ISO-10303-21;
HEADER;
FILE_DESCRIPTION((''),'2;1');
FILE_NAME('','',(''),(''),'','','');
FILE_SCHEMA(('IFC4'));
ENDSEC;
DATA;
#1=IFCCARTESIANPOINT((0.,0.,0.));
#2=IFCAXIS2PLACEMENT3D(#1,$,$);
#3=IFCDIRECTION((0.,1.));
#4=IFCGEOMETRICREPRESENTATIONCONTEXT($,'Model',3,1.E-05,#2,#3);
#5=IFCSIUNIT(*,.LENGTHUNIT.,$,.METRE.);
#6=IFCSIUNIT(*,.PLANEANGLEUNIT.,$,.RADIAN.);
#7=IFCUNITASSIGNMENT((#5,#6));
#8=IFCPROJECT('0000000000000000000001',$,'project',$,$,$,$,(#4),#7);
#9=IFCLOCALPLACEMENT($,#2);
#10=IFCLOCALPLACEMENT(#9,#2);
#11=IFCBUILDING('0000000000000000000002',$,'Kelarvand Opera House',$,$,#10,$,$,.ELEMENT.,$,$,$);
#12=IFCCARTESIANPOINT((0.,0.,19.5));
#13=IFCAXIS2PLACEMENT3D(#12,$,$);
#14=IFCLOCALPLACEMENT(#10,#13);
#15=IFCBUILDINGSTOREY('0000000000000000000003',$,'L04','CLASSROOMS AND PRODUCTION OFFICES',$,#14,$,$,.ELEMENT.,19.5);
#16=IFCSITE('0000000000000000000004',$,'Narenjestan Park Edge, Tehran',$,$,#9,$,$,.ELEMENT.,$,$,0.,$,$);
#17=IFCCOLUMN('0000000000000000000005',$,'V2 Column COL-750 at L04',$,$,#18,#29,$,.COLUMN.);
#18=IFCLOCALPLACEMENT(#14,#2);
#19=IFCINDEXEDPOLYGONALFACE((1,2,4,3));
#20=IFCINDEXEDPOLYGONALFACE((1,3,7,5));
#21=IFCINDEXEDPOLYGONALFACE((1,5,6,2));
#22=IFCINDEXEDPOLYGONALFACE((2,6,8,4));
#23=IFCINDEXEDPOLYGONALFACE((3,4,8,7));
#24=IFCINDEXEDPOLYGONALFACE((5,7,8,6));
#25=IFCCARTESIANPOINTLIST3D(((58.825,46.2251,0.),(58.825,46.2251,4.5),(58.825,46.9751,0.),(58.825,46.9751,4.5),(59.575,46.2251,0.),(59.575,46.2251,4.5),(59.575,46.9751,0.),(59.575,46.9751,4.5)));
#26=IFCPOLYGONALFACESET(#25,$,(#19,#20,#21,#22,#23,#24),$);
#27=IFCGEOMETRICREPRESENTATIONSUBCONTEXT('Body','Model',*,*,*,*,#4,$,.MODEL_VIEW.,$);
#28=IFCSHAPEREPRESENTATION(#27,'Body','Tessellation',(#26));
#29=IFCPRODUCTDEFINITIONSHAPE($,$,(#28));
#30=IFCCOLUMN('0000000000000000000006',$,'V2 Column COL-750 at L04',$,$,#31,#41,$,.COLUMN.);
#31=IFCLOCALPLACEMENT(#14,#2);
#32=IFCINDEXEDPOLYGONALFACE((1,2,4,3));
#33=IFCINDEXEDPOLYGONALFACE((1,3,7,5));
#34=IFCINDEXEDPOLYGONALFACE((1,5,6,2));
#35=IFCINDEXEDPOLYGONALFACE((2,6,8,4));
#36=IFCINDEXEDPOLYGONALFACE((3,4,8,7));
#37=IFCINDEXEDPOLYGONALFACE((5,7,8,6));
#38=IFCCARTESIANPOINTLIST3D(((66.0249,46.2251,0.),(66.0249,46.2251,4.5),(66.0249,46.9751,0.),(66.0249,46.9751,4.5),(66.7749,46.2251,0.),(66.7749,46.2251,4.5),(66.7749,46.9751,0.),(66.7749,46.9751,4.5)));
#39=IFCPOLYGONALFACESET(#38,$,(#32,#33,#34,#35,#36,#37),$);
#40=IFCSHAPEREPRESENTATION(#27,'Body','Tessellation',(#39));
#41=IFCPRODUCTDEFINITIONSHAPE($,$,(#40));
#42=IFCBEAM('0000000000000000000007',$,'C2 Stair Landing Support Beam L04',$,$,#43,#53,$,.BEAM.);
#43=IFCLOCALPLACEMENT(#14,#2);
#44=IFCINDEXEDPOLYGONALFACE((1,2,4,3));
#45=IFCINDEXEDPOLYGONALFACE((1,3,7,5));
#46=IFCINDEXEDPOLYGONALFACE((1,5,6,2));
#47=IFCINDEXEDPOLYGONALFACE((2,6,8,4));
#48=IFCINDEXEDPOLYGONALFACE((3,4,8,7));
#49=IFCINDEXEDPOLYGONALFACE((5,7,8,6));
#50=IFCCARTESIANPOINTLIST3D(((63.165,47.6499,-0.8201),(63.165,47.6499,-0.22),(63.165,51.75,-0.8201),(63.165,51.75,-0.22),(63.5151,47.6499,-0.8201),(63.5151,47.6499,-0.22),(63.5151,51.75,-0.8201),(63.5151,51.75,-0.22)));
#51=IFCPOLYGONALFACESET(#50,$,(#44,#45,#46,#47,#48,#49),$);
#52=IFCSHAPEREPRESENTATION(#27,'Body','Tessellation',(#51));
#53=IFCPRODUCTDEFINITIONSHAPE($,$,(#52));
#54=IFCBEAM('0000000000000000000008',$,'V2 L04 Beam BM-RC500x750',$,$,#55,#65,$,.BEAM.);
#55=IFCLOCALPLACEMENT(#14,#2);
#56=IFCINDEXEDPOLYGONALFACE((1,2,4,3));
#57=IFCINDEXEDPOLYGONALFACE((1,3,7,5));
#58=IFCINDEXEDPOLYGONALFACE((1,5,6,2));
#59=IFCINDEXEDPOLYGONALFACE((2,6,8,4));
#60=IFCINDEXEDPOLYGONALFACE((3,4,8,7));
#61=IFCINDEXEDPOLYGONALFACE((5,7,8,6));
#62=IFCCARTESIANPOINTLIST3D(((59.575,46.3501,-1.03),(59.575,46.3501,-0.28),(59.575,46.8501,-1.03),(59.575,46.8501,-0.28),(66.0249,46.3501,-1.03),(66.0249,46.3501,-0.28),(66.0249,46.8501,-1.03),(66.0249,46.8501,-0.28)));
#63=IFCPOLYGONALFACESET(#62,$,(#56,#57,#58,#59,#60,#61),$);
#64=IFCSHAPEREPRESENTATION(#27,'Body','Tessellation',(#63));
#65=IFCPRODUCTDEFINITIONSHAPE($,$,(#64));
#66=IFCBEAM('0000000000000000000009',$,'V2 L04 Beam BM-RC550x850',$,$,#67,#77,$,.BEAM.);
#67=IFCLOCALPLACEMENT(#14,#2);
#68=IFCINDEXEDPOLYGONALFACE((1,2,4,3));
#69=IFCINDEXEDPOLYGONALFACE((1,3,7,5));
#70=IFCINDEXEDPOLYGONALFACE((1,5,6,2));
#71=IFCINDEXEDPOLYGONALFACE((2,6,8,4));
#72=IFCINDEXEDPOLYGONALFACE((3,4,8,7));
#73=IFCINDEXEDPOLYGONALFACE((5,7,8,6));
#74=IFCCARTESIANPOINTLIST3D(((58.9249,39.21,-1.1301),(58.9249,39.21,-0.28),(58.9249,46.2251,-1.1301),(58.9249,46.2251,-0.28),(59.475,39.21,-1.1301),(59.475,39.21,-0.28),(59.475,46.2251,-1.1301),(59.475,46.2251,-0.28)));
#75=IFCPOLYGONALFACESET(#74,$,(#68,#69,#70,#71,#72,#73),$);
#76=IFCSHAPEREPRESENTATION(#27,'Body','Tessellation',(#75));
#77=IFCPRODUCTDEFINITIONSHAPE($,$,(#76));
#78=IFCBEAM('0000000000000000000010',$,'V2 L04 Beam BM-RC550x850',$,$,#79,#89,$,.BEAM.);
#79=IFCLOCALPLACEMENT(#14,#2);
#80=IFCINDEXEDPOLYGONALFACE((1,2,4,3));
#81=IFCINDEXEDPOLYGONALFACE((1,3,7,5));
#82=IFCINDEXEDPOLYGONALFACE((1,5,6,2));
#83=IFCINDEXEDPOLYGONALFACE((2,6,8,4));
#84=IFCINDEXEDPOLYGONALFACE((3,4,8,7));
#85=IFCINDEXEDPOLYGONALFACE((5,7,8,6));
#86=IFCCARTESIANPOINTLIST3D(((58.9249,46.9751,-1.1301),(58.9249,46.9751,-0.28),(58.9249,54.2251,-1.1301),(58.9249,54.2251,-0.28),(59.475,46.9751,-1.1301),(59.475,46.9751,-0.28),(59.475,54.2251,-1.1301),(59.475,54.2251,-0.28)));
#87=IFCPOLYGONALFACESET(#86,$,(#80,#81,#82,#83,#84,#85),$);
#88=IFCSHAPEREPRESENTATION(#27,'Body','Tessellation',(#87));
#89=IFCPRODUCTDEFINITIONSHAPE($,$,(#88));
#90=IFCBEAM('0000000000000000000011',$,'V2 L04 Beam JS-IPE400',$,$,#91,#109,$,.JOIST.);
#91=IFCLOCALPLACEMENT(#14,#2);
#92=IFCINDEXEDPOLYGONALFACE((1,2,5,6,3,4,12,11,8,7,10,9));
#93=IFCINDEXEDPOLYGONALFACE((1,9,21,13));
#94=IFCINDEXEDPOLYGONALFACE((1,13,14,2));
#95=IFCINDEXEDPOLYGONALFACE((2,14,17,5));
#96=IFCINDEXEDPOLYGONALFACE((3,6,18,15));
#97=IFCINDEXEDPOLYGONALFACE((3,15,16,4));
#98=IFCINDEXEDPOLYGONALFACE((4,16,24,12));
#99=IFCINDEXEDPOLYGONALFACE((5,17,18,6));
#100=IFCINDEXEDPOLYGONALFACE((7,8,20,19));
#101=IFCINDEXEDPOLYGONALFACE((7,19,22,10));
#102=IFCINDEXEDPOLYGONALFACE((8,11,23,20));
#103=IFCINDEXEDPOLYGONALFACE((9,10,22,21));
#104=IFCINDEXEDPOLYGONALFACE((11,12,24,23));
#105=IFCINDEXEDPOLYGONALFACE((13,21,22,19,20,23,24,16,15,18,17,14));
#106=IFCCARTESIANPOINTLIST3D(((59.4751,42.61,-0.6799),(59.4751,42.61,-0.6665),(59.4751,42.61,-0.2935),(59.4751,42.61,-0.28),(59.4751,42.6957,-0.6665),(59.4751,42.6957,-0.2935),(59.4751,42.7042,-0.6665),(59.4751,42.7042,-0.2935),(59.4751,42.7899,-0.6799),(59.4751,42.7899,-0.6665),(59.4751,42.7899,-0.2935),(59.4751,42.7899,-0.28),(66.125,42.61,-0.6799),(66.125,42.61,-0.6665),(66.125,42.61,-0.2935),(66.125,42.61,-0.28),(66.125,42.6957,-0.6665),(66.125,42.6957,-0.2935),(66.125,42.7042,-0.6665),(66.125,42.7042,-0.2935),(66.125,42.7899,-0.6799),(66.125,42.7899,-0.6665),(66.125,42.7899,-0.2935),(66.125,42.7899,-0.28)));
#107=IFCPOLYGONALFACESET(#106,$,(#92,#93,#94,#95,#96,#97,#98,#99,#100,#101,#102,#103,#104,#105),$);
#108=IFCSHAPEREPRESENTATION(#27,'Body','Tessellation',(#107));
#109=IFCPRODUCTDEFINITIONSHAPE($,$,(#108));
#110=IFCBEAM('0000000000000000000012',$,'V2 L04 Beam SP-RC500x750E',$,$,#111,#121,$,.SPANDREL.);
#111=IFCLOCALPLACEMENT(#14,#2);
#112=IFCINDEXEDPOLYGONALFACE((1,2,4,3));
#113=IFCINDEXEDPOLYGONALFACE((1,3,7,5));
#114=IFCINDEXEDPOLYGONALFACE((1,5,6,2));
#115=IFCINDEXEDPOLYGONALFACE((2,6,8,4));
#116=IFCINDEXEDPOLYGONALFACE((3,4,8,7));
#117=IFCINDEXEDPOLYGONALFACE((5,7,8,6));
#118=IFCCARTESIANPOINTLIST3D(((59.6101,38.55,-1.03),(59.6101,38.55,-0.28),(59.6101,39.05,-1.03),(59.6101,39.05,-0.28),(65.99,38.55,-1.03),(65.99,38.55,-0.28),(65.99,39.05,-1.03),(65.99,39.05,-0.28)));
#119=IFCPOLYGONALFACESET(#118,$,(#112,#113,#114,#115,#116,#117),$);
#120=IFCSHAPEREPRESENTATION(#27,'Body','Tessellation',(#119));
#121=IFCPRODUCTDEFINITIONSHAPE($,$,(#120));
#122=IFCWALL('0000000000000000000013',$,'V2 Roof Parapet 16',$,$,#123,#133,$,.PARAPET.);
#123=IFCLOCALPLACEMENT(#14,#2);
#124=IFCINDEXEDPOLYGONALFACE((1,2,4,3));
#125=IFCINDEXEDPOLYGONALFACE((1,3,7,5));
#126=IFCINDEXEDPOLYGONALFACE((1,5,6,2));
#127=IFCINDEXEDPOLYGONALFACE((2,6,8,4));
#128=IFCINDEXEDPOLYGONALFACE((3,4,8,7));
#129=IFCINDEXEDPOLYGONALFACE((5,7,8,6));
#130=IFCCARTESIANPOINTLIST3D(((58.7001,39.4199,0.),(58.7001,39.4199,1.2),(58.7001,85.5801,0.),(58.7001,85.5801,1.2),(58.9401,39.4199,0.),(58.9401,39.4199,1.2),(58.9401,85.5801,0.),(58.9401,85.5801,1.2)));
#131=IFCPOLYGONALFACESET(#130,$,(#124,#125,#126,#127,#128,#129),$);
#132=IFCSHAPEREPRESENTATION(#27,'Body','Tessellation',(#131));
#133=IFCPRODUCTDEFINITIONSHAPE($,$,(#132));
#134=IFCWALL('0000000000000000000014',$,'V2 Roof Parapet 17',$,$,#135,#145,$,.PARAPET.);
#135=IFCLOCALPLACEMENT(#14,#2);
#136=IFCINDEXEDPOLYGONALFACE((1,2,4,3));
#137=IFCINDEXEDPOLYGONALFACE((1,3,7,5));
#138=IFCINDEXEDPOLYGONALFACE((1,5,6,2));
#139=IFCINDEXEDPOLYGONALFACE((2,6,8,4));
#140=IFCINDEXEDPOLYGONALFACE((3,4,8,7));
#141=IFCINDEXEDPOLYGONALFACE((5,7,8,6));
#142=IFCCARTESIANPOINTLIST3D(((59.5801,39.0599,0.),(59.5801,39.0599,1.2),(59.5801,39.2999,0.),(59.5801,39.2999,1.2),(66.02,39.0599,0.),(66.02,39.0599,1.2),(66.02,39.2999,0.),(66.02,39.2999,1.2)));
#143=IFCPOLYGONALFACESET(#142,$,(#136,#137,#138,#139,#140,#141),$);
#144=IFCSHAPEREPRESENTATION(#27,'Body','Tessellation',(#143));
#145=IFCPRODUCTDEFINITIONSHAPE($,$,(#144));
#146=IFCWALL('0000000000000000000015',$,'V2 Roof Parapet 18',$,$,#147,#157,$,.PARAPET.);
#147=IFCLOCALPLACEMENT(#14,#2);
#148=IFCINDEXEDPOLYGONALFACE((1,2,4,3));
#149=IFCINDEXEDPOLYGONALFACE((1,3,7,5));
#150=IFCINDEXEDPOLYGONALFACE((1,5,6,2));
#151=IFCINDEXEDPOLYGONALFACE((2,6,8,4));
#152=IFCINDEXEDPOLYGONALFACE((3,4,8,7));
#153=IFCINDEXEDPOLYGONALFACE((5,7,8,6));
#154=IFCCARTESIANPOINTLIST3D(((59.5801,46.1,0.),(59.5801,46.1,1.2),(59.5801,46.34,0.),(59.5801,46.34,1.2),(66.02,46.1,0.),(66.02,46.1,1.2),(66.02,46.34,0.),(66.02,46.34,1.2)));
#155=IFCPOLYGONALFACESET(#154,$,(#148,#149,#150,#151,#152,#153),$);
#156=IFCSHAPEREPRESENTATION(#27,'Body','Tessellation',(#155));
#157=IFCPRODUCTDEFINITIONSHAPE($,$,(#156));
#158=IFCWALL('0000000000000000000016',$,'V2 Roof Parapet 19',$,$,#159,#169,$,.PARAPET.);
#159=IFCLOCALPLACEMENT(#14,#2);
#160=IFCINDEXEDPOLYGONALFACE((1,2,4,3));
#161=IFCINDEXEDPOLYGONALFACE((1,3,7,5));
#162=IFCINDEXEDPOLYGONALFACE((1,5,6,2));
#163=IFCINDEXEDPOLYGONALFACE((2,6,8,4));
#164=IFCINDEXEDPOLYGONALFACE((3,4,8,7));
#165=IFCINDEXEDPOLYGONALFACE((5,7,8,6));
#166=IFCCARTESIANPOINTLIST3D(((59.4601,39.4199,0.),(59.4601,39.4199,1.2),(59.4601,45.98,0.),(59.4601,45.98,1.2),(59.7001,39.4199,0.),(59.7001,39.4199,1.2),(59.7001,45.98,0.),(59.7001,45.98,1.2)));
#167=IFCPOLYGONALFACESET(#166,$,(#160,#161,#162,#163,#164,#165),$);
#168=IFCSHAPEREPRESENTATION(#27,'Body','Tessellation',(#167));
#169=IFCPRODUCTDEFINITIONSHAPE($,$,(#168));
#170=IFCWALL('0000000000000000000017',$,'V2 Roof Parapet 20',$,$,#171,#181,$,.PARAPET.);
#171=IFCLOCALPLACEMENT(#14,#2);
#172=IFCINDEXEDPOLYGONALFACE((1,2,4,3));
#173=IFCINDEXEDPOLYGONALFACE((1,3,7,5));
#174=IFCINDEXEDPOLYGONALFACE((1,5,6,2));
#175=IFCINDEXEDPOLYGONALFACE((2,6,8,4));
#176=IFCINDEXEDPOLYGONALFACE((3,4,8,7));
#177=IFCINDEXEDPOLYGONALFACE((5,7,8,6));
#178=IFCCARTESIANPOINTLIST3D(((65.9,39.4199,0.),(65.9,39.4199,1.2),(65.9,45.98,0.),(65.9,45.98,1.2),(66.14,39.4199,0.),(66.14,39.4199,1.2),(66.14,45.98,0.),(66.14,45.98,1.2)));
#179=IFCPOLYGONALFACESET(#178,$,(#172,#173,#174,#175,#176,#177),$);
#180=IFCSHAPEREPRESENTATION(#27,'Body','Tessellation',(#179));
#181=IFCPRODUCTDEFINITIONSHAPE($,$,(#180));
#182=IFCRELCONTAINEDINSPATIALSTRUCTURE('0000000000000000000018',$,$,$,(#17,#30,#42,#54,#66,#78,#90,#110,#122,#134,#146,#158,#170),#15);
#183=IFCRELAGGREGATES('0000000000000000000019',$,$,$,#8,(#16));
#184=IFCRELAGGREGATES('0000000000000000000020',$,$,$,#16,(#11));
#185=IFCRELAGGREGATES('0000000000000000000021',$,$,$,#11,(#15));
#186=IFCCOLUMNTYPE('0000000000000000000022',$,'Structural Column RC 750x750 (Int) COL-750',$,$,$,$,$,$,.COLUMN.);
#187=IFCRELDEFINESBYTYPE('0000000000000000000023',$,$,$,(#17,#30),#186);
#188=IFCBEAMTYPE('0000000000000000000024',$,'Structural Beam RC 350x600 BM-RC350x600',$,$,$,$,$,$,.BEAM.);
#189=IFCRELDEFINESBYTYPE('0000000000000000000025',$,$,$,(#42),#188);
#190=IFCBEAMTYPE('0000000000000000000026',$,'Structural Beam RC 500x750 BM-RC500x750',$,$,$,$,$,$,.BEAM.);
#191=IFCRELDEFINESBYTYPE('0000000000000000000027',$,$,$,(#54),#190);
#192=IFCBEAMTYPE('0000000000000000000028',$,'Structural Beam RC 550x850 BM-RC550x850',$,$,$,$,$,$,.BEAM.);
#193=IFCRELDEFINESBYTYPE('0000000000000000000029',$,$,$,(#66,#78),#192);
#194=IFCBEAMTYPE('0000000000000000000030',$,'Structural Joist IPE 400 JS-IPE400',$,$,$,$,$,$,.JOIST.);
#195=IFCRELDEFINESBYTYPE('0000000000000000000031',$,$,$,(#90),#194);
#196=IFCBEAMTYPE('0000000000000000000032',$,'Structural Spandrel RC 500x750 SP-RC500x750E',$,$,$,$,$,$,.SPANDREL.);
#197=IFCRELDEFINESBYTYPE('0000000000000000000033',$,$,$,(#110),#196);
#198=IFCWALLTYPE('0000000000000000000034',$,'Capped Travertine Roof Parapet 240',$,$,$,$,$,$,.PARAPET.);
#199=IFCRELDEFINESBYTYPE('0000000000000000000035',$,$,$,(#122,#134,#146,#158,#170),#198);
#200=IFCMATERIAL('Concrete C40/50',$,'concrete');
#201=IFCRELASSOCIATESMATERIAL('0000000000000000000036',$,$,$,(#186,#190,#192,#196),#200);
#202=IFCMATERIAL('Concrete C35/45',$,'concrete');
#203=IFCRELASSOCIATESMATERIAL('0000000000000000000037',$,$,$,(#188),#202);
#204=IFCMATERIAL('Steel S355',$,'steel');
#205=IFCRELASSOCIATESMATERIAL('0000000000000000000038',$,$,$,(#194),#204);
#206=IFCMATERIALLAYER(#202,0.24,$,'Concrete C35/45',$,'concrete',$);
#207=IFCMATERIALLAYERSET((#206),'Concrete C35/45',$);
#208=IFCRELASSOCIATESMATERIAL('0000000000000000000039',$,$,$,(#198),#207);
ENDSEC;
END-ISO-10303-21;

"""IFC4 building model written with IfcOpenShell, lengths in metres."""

from ifc_helpers import new_model, si_unit, direction, frame, frame_2d, origin, origin_2d, place, context, subcontext, project, spatial, rectangle, i_section, extrude, material, layer, layer_set, material_profile, profile_set, type_object, element, save


model = new_model("IFC4")

# Units and contexts
model_context = context("Model", 3, precision=1e-05, world=origin(), true_north=direction((0.0, 1.0)))
body_context = subcontext(model_context, "Body", "Model", "MODEL_VIEW")
ifc_project = project(units=[si_unit("LENGTHUNIT", "METRE"), si_unit("PLANEANGLEUNIT", "RADIAN")], contexts=[model_context])

# Site, building, storey
site_placement = place(None, origin())
site = spatial("IfcSite", under=ifc_project, at=site_placement, Name="Narenjestan Park Edge, Tehran", CompositionType="ELEMENT", RefElevation=0.0)
building_placement = place(site_placement, origin())
building = spatial("IfcBuilding", under=site, at=building_placement, Name="Kelarvand Opera House", CompositionType="ELEMENT")
storey_placement = place(building_placement, frame((0.0, 0.0, 19.5)))
storey = spatial("IfcBuildingStorey", under=building, at=storey_placement, Name="L04", Description="CLASSROOMS AND PRODUCTION OFFICES", CompositionType="ELEMENT", Elevation=19.5)

# Columns
ifc_material_1 = material(Name="Concrete C40/50", Category="concrete")
ifc_material_profile_1 = material_profile(ifc_material_1, rectangle(XDim=0.75, YDim=0.75, at=origin_2d()), Name="RC 750x750", Category="concrete")
ifc_profile_set_1 = profile_set([ifc_material_profile_1], Name="Concrete C40/50")
column_type = type_object("IfcColumnType", Name="Structural Column RC 750x750 (Int) COL-750", PredefinedType="COLUMN", material=ifc_profile_set_1)
for number, where, z_axis, x_axis, name in (
    (1, (59.2, 46.6001, 0.0), (0.0, 0.0, 1.0), (1.0, 0.0, 0.0), "V2 Column COL-750 at L04"),
    (2, (66.3999, 46.6001, 0.0), (0.0, 0.0, 1.0), (1.0, 0.0, 0.0), "V2 Column COL-750 at L04"),
):
    element("IfcColumn", number, at=place(storey_placement, frame(where, z_axis=z_axis, x_axis=x_axis)), inside=storey, type_object=column_type, Name=name, PredefinedType="COLUMN", context=body_context, shape_type="SweptSolid", body=[
        extrude(rectangle(XDim=0.75, YDim=0.75, at=origin_2d()), origin(), (0.0, 0.0, 1.0), 4.5),
    ])

# Beams
ifc_material_2 = material(Name="Concrete C35/45", Category="concrete")
ifc_material_profile_2 = material_profile(ifc_material_2, rectangle(XDim=0.3501, YDim=0.6001, at=origin_2d()), Name="RC 350x600", Category="concrete")
ifc_profile_set_2 = profile_set([ifc_material_profile_2], Name="Concrete C35/45")
beam_type_1 = type_object("IfcBeamType", Name="Structural Beam RC 350x600 BM-RC350x600", PredefinedType="BEAM", material=ifc_profile_set_2)
beam_1_placement = place(storey_placement, frame((63.3401, 47.6499, -0.52), z_axis=(0.0, 1.0, 0.0), x_axis=(-1.0, 0.0, 0.0)))
element("IfcBeam", 3, at=beam_1_placement, inside=storey, type_object=beam_type_1, Name="C2 Stair Landing Support Beam L04", PredefinedType="BEAM", context=body_context, shape_type="SweptSolid", body=[
    extrude(rectangle(XDim=0.3501, YDim=0.6001, at=origin_2d()), origin(), (0.0, 0.0, 1.0), 4.1001),
])
ifc_material_profile_3 = material_profile(ifc_material_1, rectangle(XDim=0.5, YDim=0.75, at=origin_2d()), Name="RC 500x750", Category="concrete")
ifc_profile_set_3 = profile_set([ifc_material_profile_3], Name="Concrete C40/50")
beam_type_2 = type_object("IfcBeamType", Name="Structural Beam RC 500x750 BM-RC500x750", PredefinedType="BEAM", material=ifc_profile_set_3)
beam_2_placement = place(storey_placement, frame((59.575, 46.6001, -0.655), z_axis=(1.0, 0.0, 0.0), x_axis=(0.0, 1.0, 0.0)))
element("IfcBeam", 4, at=beam_2_placement, inside=storey, type_object=beam_type_2, Name="V2 L04 Beam BM-RC500x750", PredefinedType="BEAM", context=body_context, shape_type="SweptSolid", body=[
    extrude(rectangle(XDim=0.5, YDim=0.75, at=origin_2d()), origin(), (0.0, 0.0, 1.0), 6.45),
])
ifc_material_profile_4 = material_profile(ifc_material_1, rectangle(XDim=0.55, YDim=0.8501, at=origin_2d()), Name="RC 550x850", Category="concrete")
ifc_profile_set_4 = profile_set([ifc_material_profile_4], Name="Concrete C40/50")
beam_type_3 = type_object("IfcBeamType", Name="Structural Beam RC 550x850 BM-RC550x850", PredefinedType="BEAM", material=ifc_profile_set_4)
beam_3_placement = place(storey_placement, frame((59.2, 39.21, -0.7051), z_axis=(0.0, 1.0, 0.0), x_axis=(-1.0, 0.0, 0.0)))
element("IfcBeam", 5, at=beam_3_placement, inside=storey, type_object=beam_type_3, Name="V2 L04 Beam BM-RC550x850", PredefinedType="BEAM", context=body_context, shape_type="SweptSolid", body=[
    extrude(rectangle(XDim=0.55, YDim=0.8501, at=origin_2d()), origin(), (0.0, 0.0, 1.0), 7.0151),
])
beam_4_placement = place(storey_placement, frame((59.2, 46.9751, -0.7051), z_axis=(0.0, 1.0, 0.0), x_axis=(-1.0, 0.0, 0.0)))
element("IfcBeam", 6, at=beam_4_placement, inside=storey, type_object=beam_type_3, Name="V2 L04 Beam BM-RC550x850", PredefinedType="BEAM", context=body_context, shape_type="SweptSolid", body=[
    extrude(rectangle(XDim=0.55, YDim=0.8501, at=origin_2d()), origin(), (0.0, 0.0, 1.0), 7.25),
])
ifc_material_3 = material(Name="Steel S355", Category="steel")
ifc_material_profile_5 = material_profile(ifc_material_3, i_section(OverallWidth=0.1799, OverallDepth=0.3999, WebThickness=0.0085, FlangeThickness=0.0134, at=origin_2d()), Name="IPE 400", Category="steel")
ifc_profile_set_5 = profile_set([ifc_material_profile_5], Name="Steel S355")
beam_type_4 = type_object("IfcBeamType", Name="Structural Joist IPE 400 JS-IPE400", PredefinedType="JOIST", material=ifc_profile_set_5)
beam_5_placement = place(storey_placement, frame((59.4751, 42.7, -0.48), z_axis=(1.0, 0.0, 0.0), x_axis=(0.0, 1.0, 0.0)))
element("IfcBeam", 7, at=beam_5_placement, inside=storey, type_object=beam_type_4, Name="V2 L04 Beam JS-IPE400", PredefinedType="JOIST", context=body_context, shape_type="SweptSolid", body=[
    extrude(i_section(OverallWidth=0.1799, OverallDepth=0.3999, WebThickness=0.0085, FlangeThickness=0.0134, at=origin_2d()), origin(), (0.0, 0.0, 1.0), 6.6499),
])
ifc_material_profile_6 = material_profile(ifc_material_1, rectangle(XDim=0.5, YDim=0.75, at=origin_2d()), Name="RC 500x750", Category="concrete")
ifc_profile_set_6 = profile_set([ifc_material_profile_6], Name="Concrete C40/50")
beam_type_5 = type_object("IfcBeamType", Name="Structural Spandrel RC 500x750 SP-RC500x750E", PredefinedType="SPANDREL", material=ifc_profile_set_6)
beam_6_placement = place(storey_placement, frame((59.6101, 38.8, -0.655), z_axis=(1.0, 0.0, 0.0), x_axis=(0.0, 1.0, 0.0)))
element("IfcBeam", 8, at=beam_6_placement, inside=storey, type_object=beam_type_5, Name="V2 L04 Beam SP-RC500x750E", PredefinedType="SPANDREL", context=body_context, shape_type="SweptSolid", body=[
    extrude(rectangle(XDim=0.5, YDim=0.75, at=origin_2d()), origin(), (0.0, 0.0, 1.0), 6.3799),
])

# Walls
ifc_layer_1 = layer(ifc_material_2, 0.24, Name="Concrete C35/45", Category="concrete")
ifc_layer_set_1 = layer_set([ifc_layer_1], Name="Concrete C35/45")
wall_type_1 = type_object("IfcWallType", Name="Capped Travertine Roof Parapet 240", PredefinedType="PARAPET", material=ifc_layer_set_1)
wall_1_placement = place(storey_placement, frame((58.8201, 39.4199, 0.0), z_axis=(0.0, 0.0, 1.0), x_axis=(0.0, 1.0, 0.0)))
element("IfcWall", 9, at=wall_1_placement, inside=storey, type_object=wall_type_1, Name="V2 Roof Parapet 16", PredefinedType="PARAPET", context=body_context, shape_type="SweptSolid", body=[
    extrude(rectangle(XDim=46.1602, YDim=0.24, at=frame_2d((23.0801, 0.0))), origin(), (0.0, 0.0, 1.0), 1.2),
])
for number, where, z_axis, x_axis, name in (
    (10, (59.5801, 39.1799, 0.0), (0.0, 0.0, 1.0), (1.0, 0.0, 0.0), "V2 Roof Parapet 17"),
    (11, (66.02, 46.22, 0.0), (0.0, 0.0, 1.0), (-1.0, 0.0, 0.0), "V2 Roof Parapet 18"),
):
    element("IfcWall", number, at=place(storey_placement, frame(where, z_axis=z_axis, x_axis=x_axis)), inside=storey, type_object=wall_type_1, Name=name, PredefinedType="PARAPET", context=body_context, shape_type="SweptSolid", body=[
        extrude(rectangle(XDim=6.4399, YDim=0.24, at=frame_2d((3.22, 0.0))), origin(), (0.0, 0.0, 1.0), 1.2),
    ])
for number, where, z_axis, x_axis, name in (
    (12, (59.5801, 45.98, 0.0), (0.0, 0.0, 1.0), (0.0, -1.0, 0.0), "V2 Roof Parapet 19"),
    (13, (66.02, 39.4199, 0.0), (0.0, 0.0, 1.0), (0.0, 1.0, 0.0), "V2 Roof Parapet 20"),
):
    element("IfcWall", number, at=place(storey_placement, frame(where, z_axis=z_axis, x_axis=x_axis)), inside=storey, type_object=wall_type_1, Name=name, PredefinedType="PARAPET", context=body_context, shape_type="SweptSolid", body=[
        extrude(rectangle(XDim=6.5601, YDim=0.24, at=frame_2d((3.28, 0.0))), origin(), (0.0, 0.0, 1.0), 1.2),
    ])

save(model, "model.ifc")
